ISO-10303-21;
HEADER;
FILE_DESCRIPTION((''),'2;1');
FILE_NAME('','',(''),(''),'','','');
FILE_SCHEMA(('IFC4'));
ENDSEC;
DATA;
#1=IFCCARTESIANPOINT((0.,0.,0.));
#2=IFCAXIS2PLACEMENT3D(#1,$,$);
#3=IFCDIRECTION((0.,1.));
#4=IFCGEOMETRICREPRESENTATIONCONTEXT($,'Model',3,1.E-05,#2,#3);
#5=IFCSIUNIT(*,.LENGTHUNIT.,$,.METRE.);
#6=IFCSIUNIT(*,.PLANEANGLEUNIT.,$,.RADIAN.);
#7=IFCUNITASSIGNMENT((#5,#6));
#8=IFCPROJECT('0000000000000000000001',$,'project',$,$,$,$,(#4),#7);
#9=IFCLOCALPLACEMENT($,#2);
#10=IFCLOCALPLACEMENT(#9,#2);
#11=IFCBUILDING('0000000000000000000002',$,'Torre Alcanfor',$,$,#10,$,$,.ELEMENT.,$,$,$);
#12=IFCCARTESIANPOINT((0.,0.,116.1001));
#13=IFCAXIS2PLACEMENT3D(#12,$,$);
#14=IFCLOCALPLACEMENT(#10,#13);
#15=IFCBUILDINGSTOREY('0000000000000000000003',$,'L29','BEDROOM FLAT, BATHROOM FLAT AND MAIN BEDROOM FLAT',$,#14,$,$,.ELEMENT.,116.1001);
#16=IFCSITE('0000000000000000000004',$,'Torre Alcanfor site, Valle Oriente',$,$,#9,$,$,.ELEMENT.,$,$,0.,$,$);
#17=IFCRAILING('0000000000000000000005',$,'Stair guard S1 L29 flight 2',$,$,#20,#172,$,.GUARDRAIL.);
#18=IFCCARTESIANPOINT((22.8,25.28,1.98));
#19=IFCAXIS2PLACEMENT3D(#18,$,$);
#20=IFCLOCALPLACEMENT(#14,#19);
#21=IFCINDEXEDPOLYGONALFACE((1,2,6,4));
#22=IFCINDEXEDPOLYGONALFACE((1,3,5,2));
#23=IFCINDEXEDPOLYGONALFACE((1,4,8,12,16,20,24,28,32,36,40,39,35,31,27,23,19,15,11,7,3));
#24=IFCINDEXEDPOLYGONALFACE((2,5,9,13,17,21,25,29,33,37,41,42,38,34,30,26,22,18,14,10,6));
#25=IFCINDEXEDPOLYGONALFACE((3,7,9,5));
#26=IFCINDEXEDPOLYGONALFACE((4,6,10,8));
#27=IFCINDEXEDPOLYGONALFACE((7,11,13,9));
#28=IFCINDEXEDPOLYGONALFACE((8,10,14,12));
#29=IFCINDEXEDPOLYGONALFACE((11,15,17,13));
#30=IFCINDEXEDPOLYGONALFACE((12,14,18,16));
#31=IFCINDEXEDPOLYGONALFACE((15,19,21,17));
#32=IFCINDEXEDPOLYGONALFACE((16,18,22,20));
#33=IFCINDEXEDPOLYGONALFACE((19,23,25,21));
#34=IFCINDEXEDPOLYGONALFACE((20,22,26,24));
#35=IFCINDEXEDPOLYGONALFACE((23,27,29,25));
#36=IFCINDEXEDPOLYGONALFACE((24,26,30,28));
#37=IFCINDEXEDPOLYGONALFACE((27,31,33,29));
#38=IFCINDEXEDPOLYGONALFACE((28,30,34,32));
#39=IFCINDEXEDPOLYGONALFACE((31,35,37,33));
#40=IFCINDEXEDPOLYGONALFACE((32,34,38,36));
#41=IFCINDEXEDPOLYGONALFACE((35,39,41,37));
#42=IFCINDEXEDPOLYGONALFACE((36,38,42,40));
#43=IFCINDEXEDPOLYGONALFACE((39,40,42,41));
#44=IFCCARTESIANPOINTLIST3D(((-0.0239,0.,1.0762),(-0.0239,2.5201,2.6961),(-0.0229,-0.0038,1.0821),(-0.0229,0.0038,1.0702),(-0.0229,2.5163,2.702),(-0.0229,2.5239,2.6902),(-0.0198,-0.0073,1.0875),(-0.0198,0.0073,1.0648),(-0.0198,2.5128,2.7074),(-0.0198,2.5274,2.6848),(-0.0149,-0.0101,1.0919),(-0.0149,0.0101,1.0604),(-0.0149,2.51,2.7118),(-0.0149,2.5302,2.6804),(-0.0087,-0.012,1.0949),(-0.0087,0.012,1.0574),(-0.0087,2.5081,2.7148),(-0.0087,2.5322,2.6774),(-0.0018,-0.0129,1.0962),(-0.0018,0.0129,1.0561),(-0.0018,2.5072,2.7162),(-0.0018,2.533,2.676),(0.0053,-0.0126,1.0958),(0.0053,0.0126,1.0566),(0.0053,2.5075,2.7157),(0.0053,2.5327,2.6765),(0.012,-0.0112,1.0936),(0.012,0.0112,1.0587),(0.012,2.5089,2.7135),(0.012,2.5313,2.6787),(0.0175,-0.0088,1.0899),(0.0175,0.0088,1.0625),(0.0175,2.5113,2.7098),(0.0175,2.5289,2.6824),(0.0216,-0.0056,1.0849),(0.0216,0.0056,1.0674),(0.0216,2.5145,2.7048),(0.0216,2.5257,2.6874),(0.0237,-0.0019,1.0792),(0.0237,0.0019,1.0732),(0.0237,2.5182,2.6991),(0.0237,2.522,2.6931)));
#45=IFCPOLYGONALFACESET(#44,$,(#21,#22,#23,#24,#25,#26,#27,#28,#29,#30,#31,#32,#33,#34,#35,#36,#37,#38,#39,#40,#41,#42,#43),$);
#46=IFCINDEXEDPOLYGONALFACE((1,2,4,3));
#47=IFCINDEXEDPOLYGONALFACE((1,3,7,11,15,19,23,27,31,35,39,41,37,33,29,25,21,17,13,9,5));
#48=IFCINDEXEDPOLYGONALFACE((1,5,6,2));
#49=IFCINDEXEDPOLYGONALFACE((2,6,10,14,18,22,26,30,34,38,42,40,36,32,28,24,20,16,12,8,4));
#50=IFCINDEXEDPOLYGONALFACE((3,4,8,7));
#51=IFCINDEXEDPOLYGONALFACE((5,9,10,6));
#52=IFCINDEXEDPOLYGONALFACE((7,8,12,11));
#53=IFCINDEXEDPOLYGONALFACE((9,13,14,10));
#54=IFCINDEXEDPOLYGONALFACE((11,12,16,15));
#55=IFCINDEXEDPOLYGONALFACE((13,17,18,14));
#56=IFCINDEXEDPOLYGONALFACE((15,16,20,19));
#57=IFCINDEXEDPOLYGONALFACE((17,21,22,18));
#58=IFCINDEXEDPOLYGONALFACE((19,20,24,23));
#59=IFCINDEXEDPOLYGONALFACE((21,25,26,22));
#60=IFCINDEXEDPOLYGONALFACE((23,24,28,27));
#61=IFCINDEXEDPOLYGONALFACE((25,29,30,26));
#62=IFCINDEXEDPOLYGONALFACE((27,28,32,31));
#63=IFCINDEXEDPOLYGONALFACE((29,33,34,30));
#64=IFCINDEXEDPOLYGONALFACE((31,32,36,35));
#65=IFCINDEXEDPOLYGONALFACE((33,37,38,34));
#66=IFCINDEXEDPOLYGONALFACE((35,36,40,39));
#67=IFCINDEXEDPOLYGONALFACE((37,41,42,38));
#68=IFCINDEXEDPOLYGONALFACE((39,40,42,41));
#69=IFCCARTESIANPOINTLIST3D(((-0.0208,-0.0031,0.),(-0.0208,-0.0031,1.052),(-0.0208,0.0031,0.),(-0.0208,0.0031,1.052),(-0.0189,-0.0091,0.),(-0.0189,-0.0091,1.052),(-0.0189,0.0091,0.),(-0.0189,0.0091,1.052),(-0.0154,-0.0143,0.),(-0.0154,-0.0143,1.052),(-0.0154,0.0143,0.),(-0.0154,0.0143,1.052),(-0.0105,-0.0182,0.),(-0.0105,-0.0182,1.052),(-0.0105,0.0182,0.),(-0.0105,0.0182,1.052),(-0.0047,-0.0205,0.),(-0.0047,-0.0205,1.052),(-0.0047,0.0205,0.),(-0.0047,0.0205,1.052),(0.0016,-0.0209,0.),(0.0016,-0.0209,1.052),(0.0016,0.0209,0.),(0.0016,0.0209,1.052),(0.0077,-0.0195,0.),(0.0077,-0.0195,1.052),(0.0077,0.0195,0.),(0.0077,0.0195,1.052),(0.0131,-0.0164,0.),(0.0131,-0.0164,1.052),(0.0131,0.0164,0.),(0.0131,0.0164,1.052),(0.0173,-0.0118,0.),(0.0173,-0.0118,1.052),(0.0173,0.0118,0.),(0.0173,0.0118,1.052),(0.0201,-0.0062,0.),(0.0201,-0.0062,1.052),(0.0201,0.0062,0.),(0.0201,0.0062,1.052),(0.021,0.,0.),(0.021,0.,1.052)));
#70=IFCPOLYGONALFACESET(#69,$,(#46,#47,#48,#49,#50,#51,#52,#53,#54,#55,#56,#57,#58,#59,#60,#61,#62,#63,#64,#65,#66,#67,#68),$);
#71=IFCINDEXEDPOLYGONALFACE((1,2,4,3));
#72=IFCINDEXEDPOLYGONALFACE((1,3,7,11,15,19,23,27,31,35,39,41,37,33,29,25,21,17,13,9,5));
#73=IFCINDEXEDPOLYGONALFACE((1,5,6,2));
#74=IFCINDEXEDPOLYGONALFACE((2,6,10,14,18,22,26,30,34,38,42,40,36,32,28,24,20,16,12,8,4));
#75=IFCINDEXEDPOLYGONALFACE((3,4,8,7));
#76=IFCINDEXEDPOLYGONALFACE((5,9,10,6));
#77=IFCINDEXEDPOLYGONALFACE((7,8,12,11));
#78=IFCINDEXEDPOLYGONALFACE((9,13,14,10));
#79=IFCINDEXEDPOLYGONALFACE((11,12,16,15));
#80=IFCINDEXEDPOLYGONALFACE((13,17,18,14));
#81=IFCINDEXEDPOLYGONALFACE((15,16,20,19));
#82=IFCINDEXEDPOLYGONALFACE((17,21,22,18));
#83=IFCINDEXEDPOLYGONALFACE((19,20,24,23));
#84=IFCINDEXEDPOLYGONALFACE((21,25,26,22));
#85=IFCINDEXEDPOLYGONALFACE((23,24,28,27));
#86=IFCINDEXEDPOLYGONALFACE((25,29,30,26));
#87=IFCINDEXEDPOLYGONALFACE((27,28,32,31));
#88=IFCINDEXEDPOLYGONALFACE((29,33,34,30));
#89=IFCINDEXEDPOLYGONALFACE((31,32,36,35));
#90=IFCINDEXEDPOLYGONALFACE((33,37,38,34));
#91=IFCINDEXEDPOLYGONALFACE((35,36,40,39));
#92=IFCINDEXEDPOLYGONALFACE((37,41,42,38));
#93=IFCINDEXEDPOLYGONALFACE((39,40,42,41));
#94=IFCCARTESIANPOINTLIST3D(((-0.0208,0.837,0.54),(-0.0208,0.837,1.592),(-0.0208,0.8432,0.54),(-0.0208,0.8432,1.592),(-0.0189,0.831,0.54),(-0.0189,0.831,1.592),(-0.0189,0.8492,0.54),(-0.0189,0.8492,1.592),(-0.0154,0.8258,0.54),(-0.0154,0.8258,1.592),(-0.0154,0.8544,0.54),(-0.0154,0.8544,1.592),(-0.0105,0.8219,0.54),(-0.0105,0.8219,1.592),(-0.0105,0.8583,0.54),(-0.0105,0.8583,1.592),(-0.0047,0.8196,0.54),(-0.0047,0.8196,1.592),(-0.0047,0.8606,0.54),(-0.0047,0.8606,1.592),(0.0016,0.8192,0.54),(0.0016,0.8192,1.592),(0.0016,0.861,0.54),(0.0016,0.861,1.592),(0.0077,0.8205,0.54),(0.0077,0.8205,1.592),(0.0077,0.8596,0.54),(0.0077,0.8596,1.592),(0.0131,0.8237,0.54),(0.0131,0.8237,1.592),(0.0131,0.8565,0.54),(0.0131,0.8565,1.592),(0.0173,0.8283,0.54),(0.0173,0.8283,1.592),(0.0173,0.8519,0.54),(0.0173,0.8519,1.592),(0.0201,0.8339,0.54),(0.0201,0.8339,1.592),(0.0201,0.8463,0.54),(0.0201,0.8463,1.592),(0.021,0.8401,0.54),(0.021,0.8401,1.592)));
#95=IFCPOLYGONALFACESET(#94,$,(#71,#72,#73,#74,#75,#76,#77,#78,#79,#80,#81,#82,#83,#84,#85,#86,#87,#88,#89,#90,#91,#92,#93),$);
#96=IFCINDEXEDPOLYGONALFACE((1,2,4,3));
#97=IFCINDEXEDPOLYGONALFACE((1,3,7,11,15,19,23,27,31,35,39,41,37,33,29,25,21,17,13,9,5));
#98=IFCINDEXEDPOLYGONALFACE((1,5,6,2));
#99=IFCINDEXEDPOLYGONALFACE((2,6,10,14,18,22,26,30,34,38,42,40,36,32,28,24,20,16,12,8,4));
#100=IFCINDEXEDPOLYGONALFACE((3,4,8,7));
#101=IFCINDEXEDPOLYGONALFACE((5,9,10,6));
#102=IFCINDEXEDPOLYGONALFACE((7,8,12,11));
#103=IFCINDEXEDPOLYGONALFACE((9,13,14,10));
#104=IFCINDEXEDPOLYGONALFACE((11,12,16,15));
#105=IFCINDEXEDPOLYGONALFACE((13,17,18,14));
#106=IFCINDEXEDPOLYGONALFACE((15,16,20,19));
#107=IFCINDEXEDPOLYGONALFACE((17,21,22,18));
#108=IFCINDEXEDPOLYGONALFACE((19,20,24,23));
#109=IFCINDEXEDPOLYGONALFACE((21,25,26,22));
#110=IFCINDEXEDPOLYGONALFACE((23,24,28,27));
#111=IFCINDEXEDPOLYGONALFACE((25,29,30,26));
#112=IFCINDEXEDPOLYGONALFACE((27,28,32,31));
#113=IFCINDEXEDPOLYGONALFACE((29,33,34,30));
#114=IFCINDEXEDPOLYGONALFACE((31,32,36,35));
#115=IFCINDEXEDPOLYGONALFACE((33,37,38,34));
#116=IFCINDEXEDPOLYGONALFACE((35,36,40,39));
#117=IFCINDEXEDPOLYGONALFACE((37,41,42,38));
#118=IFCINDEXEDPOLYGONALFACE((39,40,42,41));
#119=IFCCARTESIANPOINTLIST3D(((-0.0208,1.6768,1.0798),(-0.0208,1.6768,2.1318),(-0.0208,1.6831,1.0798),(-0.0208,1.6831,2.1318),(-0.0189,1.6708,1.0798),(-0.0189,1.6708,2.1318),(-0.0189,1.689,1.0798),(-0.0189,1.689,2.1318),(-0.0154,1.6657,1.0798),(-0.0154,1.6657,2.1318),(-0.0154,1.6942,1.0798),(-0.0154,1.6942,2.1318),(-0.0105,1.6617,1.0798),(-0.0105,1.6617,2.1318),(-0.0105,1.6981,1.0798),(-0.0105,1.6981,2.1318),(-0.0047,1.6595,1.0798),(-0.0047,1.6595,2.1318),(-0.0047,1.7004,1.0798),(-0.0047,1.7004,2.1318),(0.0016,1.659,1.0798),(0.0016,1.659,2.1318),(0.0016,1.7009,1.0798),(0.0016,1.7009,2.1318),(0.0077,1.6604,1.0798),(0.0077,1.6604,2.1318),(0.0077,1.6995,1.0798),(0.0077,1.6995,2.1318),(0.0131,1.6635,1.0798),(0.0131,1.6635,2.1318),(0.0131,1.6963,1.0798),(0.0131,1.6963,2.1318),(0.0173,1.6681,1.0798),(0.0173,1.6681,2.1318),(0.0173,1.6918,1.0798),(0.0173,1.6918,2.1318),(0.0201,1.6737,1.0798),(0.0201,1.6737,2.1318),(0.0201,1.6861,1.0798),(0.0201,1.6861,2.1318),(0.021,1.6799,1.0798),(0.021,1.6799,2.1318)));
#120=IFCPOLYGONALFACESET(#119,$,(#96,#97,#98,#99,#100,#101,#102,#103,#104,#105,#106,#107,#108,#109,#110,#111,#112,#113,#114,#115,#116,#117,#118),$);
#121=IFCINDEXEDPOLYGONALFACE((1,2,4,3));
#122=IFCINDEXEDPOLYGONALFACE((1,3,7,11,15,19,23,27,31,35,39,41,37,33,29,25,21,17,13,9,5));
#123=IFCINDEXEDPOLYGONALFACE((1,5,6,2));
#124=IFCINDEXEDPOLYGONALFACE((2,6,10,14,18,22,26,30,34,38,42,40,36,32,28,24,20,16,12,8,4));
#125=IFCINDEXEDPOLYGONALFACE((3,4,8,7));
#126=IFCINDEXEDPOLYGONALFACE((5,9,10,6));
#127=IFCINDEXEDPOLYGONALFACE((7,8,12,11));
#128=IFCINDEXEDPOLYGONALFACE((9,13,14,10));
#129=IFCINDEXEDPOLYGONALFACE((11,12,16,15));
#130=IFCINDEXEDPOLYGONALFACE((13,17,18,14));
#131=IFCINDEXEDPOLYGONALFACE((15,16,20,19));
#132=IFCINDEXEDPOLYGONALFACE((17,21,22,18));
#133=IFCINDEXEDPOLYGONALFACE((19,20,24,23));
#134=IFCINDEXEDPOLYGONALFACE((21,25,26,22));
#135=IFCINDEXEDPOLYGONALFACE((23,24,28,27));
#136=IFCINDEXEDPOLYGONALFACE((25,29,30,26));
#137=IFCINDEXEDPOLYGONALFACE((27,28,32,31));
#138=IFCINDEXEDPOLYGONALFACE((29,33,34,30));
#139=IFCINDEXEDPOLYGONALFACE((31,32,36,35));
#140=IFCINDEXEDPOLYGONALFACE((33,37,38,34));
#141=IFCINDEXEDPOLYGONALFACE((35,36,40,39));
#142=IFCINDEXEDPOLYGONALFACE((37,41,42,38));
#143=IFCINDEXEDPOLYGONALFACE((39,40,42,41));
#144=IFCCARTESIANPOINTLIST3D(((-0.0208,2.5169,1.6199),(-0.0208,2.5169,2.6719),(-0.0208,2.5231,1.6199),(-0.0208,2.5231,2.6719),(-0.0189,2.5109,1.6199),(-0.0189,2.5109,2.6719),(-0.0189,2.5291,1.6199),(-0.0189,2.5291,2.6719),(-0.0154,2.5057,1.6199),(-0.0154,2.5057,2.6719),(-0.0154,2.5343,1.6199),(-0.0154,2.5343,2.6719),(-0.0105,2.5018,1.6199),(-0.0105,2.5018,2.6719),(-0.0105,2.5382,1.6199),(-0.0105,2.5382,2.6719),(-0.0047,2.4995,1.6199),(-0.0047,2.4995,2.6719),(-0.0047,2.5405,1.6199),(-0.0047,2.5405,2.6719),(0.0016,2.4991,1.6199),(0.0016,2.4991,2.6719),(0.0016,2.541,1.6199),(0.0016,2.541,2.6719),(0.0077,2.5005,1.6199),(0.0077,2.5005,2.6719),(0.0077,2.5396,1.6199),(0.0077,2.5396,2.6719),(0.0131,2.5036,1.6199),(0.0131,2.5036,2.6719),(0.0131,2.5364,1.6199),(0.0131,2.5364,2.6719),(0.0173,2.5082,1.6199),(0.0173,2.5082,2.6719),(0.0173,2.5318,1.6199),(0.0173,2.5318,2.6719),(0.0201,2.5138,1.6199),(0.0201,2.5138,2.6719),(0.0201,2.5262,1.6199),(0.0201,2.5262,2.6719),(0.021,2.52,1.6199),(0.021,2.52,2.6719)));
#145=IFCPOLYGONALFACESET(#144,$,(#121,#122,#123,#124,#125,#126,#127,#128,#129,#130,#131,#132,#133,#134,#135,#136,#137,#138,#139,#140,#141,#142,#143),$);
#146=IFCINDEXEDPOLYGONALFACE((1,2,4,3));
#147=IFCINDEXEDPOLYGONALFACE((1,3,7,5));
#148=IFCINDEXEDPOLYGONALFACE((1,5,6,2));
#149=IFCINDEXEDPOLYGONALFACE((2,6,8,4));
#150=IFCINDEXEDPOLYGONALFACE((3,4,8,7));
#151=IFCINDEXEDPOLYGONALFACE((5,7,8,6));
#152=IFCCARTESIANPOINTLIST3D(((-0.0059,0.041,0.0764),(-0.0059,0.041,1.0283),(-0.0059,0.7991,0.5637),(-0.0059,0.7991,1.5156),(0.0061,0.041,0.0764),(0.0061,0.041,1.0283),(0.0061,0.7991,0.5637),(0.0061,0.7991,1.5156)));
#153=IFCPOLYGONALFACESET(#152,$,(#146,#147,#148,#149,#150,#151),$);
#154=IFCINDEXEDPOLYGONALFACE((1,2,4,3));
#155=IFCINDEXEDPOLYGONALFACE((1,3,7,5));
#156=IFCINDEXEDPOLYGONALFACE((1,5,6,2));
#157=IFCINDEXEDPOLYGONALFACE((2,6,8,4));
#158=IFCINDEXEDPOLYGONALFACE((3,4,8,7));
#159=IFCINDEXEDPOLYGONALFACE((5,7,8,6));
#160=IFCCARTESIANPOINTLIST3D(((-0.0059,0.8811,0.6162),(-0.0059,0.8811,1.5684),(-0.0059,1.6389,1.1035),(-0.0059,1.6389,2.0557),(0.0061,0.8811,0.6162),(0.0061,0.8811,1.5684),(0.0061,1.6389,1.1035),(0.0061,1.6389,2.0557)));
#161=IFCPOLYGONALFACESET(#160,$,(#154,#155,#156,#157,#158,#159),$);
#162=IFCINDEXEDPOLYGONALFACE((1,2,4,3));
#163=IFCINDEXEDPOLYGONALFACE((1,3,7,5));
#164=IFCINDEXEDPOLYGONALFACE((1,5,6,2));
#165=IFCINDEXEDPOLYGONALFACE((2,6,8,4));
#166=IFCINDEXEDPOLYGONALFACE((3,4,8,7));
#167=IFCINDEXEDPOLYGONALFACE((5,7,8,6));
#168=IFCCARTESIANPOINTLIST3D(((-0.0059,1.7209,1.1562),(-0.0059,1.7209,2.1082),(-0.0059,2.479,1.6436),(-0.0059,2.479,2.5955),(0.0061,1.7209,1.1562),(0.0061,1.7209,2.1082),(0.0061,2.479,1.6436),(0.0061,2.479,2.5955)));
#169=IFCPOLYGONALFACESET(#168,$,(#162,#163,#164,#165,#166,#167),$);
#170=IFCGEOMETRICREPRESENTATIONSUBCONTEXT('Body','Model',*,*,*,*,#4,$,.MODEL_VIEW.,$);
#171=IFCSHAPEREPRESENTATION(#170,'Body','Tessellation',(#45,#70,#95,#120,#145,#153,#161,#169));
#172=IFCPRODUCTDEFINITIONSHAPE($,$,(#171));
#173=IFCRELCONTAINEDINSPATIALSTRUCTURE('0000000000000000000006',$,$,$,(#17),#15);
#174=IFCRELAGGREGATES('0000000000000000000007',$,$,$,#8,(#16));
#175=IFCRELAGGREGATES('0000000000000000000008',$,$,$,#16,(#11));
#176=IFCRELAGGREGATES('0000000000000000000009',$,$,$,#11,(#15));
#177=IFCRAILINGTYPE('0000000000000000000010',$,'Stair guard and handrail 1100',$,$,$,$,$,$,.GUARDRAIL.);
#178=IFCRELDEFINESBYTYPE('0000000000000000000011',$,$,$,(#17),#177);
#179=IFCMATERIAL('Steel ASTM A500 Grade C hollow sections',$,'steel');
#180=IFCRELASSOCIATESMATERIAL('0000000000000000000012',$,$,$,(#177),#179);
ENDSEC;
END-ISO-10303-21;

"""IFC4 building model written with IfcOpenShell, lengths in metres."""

from ifc_helpers import new_model, si_unit, direction, frame, origin, origin_2d, place, context, subcontext, project, spatial, polyline, circle, outline, extrude, material, type_object, element, save


model = new_model("IFC4")

# Units and contexts
model_context = context("Model", 3, precision=1e-05, world=origin(), true_north=direction((0.0, 1.0)))
body_context = subcontext(model_context, "Body", "Model", "MODEL_VIEW")
ifc_project = project(units=[si_unit("LENGTHUNIT", "METRE"), si_unit("PLANEANGLEUNIT", "RADIAN")], contexts=[model_context])

# Site, building, storey
site_placement = place(None, origin())
site = spatial("IfcSite", under=ifc_project, at=site_placement, Name="Torre Alcanfor site, Valle Oriente", CompositionType="ELEMENT", RefElevation=0.0)
building_placement = place(site_placement, origin())
building = spatial("IfcBuilding", under=site, at=building_placement, Name="Torre Alcanfor", CompositionType="ELEMENT")
storey_placement = place(building_placement, frame((0.0, 0.0, 116.1001)))
storey = spatial("IfcBuildingStorey", under=building, at=storey_placement, Name="L29", Description="BEDROOM FLAT, BATHROOM FLAT AND MAIN BEDROOM FLAT", CompositionType="ELEMENT", Elevation=116.1001)

# Railing
ifc_material_1 = material(Name="Steel ASTM A500 Grade C hollow sections", Category="steel")
railing_type_1 = type_object("IfcRailingType", Name="Stair guard and handrail 1100", PredefinedType="GUARDRAIL", material=ifc_material_1)
railing_1_placement = place(storey_placement, frame((22.8, 25.28, 1.98)))
element("IfcRailing", 1, at=railing_1_placement, inside=storey, type_object=railing_type_1, Name="Stair guard S1 L29 flight 2", PredefinedType="GUARDRAIL", context=body_context, shape_type="SweptSolid", body=[
    extrude(circle(Radius=0.0239, at=origin_2d()), frame((0.0, 0.0, 1.0762), z_axis=(0.0, 0.8412, 0.540725), x_axis=(-1.0, 0.0, 0.0)), (0.0, 0.0, 1.0), 2.9958),
    extrude(circle(Radius=0.021, at=origin_2d()), origin(), (0.0, 0.0, 1.0), 1.052),
    extrude(circle(Radius=0.021, at=origin_2d()), frame((0.0, 0.8401, 0.54)), (0.0, 0.0, 1.0), 1.052),
    extrude(circle(Radius=0.021, at=origin_2d()), frame((0.0, 1.6799, 1.0798)), (0.0, 0.0, 1.0), 1.052),
    extrude(circle(Radius=0.021, at=origin_2d()), frame((0.0, 2.52, 1.6199)), (0.0, 0.0, 1.0), 1.052),
    extrude(outline(polyline([(0.041, 0.0764), (0.7991, 0.5637), (0.7991, 1.5156), (0.041, 1.0283), (0.041, 0.0764)])), frame((-0.0059, 0.0, 0.0), z_axis=(1.0, 0.0, 0.0), x_axis=(0.0, 1.0, 0.0)), (0.0, 0.0, 1.0), 0.012),
    extrude(outline(polyline([(0.8811, 0.6162), (1.6389, 1.1035), (1.6389, 2.0557), (0.8811, 1.5684), (0.8811, 0.6162)])), frame((-0.0059, 0.0, 0.0), z_axis=(1.0, 0.0, 0.0), x_axis=(0.0, 1.0, 0.0)), (0.0, 0.0, 1.0), 0.012),
    extrude(outline(polyline([(1.7209, 1.1562), (2.479, 1.6436), (2.479, 2.5955), (1.7209, 2.1082), (1.7209, 1.1562)])), frame((-0.0059, 0.0, 0.0), z_axis=(1.0, 0.0, 0.0), x_axis=(0.0, 1.0, 0.0)), (0.0, 0.0, 1.0), 0.012),
])

save(model, "model.ifc")
